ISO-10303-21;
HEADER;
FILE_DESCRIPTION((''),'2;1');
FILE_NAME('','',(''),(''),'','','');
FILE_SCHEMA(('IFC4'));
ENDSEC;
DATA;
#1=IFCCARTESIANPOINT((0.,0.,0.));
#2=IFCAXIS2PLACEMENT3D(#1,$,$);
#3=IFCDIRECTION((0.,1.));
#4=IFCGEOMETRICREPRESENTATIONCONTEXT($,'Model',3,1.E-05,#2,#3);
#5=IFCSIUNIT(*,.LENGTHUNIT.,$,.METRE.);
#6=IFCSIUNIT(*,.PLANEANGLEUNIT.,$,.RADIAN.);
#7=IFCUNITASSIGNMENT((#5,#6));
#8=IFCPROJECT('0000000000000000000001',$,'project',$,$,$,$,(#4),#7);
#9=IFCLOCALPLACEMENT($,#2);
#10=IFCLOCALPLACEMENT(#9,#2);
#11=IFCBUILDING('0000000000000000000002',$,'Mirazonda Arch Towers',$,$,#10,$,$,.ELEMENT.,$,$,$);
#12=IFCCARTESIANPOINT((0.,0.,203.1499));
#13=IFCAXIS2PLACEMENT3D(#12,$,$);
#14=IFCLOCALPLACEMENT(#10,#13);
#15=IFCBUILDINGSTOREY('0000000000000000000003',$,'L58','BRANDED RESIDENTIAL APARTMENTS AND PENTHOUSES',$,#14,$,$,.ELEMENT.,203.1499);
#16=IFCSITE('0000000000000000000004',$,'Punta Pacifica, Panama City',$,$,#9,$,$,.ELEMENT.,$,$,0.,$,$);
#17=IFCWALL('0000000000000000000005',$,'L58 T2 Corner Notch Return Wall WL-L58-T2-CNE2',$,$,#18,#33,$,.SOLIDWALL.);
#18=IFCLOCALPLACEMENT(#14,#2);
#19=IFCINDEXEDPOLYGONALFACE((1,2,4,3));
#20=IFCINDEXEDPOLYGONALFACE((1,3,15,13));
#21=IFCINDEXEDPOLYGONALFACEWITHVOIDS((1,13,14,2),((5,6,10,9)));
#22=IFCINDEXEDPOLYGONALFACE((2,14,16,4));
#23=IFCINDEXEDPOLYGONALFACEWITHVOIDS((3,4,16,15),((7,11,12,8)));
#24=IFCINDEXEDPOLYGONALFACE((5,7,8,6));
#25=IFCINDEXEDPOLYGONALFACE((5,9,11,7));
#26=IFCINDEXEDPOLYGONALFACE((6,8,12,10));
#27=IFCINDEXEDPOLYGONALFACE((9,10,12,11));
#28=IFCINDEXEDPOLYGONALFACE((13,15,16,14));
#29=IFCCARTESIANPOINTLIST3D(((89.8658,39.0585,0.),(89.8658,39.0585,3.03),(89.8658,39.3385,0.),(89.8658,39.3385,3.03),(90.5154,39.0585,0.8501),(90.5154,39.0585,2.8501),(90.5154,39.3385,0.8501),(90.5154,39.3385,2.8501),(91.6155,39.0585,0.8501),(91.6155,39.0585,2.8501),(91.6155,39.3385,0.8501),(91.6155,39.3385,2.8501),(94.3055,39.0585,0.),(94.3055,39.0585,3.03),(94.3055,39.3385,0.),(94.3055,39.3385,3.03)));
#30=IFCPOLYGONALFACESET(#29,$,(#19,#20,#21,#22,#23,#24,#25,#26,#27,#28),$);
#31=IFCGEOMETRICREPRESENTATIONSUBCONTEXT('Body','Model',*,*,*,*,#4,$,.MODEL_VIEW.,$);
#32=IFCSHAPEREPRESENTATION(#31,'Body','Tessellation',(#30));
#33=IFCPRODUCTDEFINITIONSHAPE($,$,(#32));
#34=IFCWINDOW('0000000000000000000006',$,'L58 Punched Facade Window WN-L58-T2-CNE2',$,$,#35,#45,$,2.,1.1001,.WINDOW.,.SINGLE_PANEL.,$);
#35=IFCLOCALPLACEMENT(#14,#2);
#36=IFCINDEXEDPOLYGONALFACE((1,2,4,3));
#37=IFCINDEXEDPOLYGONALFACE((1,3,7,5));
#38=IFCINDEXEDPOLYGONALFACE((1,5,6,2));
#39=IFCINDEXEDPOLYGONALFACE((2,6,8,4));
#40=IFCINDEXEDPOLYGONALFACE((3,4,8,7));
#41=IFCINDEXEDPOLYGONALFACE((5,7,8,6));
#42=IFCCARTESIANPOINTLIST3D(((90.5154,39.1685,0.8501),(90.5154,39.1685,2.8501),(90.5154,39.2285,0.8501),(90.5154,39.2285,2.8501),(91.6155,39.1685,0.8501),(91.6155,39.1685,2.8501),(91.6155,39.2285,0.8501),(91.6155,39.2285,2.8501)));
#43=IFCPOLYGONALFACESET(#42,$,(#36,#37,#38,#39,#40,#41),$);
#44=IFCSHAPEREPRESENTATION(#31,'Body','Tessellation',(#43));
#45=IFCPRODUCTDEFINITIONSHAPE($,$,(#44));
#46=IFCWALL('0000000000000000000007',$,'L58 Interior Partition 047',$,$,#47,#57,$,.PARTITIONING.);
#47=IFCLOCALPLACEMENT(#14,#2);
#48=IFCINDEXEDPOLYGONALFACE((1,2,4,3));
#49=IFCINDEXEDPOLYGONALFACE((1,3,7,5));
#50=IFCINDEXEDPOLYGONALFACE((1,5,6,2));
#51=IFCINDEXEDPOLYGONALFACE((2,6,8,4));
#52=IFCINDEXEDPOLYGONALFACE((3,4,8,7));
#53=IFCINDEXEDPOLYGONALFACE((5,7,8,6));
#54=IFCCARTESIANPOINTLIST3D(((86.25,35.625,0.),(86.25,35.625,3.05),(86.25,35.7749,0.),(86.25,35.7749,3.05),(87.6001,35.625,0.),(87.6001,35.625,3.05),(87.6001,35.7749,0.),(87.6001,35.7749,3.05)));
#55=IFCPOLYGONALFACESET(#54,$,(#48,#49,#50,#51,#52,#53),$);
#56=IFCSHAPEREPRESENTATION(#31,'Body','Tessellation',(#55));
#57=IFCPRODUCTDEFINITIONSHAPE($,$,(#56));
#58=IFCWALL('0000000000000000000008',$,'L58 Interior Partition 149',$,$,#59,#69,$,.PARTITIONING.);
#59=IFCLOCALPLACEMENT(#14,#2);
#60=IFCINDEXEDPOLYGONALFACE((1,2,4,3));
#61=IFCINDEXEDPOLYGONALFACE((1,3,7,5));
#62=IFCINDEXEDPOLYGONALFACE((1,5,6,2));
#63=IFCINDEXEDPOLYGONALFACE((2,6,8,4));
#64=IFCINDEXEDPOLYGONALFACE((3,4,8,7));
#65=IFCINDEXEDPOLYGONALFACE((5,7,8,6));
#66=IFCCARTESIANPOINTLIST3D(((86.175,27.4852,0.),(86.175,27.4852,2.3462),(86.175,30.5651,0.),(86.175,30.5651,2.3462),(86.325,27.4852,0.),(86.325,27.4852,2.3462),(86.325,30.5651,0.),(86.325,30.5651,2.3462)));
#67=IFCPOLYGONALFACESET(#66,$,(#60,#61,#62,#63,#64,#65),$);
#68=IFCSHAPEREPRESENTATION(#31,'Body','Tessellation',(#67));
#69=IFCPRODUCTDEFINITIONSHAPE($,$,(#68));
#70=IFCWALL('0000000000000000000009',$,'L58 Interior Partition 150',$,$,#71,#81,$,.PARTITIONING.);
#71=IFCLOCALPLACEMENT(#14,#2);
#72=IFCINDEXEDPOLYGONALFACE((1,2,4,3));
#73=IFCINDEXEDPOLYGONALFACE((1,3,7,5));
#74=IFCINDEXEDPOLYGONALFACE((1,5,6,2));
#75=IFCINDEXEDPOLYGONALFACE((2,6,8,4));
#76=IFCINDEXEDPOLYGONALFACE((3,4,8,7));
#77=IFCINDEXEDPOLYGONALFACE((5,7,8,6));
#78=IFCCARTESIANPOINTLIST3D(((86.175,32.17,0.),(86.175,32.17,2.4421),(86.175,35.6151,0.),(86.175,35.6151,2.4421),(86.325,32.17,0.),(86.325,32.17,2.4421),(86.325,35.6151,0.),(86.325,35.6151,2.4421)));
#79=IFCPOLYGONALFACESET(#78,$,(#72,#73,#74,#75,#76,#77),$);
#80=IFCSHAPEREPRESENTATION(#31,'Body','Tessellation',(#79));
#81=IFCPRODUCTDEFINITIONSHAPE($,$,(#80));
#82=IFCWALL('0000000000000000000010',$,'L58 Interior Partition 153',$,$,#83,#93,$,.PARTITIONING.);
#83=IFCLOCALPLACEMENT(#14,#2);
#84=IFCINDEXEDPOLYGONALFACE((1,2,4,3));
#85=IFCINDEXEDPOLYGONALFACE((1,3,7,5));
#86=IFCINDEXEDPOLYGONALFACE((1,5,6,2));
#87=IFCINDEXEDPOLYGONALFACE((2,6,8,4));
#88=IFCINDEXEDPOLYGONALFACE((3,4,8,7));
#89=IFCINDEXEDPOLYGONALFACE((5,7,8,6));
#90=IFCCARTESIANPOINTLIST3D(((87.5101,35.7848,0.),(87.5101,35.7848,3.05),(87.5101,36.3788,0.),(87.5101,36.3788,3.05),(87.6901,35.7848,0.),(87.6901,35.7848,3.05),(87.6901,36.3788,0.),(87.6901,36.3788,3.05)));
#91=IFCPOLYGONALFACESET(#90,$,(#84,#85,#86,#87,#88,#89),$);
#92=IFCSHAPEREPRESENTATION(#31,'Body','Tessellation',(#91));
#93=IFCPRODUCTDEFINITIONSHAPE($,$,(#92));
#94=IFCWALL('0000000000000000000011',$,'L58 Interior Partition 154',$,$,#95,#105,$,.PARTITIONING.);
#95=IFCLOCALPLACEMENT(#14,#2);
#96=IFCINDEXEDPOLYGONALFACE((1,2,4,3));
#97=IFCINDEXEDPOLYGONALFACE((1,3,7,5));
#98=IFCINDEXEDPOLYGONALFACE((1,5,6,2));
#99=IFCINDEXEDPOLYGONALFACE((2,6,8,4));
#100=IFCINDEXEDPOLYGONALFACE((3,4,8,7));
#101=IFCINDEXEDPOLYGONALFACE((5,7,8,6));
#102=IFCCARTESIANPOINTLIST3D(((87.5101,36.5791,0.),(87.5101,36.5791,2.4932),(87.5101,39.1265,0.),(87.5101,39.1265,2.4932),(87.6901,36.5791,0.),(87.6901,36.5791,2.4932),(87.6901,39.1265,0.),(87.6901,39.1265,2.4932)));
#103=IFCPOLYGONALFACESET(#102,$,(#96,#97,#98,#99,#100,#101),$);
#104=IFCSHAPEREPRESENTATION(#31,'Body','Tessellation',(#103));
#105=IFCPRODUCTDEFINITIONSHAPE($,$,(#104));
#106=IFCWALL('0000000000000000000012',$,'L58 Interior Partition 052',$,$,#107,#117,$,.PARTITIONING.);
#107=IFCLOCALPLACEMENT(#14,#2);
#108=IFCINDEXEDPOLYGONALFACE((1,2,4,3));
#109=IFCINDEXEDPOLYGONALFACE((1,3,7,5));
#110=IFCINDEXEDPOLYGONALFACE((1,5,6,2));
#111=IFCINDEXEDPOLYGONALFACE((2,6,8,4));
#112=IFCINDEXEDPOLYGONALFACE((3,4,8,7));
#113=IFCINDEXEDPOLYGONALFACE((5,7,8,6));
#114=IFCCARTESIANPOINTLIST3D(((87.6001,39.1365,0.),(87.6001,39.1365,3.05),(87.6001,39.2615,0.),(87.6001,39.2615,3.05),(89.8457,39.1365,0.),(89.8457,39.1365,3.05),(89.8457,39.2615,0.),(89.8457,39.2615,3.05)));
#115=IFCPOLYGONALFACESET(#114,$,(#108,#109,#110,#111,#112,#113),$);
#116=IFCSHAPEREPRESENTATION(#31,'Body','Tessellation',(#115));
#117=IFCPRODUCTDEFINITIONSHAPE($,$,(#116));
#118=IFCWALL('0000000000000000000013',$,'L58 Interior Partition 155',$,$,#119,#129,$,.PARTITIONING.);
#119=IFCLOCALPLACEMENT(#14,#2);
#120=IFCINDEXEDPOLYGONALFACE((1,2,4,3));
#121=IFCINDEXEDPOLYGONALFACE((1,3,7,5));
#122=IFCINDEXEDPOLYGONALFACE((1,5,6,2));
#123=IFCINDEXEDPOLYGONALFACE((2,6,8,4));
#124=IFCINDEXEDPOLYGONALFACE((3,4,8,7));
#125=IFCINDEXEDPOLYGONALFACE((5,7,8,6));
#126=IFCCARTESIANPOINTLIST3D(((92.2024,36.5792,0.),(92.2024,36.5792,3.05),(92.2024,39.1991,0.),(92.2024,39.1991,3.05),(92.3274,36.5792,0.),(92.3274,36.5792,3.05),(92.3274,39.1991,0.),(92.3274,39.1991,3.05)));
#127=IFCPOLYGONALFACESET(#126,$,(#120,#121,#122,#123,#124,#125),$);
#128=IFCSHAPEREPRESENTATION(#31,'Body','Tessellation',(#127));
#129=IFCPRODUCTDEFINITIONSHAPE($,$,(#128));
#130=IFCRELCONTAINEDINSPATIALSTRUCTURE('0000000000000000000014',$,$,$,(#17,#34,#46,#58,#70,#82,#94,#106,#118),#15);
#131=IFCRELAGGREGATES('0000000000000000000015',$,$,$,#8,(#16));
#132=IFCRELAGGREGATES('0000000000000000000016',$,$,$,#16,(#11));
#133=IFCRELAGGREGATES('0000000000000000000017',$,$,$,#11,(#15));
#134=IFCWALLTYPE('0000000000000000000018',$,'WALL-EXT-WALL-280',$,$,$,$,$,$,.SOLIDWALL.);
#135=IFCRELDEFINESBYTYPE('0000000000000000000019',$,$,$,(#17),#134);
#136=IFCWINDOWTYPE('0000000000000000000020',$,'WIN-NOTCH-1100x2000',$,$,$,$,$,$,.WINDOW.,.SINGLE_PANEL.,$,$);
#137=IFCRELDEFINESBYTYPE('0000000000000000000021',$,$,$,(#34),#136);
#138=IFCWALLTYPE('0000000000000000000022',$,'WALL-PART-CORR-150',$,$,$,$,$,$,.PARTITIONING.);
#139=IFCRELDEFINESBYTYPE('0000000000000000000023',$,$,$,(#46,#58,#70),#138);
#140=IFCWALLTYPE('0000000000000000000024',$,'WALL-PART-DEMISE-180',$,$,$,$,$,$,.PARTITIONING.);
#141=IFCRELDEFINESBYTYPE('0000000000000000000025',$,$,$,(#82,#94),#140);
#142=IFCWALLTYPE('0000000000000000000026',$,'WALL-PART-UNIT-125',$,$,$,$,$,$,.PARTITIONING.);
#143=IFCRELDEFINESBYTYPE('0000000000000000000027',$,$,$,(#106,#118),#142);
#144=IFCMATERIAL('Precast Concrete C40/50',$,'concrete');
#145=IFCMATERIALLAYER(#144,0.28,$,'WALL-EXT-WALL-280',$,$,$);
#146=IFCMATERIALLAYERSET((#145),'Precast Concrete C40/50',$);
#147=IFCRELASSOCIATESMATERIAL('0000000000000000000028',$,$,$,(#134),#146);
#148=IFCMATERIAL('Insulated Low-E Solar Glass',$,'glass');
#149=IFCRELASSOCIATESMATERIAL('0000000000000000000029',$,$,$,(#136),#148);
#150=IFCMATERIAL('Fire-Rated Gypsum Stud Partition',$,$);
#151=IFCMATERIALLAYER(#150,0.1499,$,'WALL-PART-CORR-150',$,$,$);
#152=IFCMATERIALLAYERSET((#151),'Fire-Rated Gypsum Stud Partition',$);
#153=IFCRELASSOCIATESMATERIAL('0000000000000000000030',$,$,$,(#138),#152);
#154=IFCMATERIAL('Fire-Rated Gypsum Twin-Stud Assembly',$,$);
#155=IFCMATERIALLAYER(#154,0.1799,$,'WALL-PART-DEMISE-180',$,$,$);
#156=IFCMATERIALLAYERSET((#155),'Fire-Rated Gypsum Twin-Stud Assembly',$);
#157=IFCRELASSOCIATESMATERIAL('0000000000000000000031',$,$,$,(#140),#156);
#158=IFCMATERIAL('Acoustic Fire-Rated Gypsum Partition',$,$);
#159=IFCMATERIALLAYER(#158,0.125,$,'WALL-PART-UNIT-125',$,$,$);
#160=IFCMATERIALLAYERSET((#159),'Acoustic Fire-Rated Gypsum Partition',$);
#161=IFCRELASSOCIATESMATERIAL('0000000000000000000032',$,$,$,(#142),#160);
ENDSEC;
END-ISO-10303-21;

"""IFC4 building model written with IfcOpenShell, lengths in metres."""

from ifc_helpers import new_model, si_unit, direction, frame, frame_2d, origin, place, context, subcontext, project, spatial, rectangle, extrude, material, layer, layer_set, type_object, element, fill, save


model = new_model("IFC4")

# Units and contexts
model_context = context("Model", 3, precision=1e-05, world=origin(), true_north=direction((0.0, 1.0)))
body_context = subcontext(model_context, "Body", "Model", "MODEL_VIEW")
ifc_project = project(units=[si_unit("LENGTHUNIT", "METRE"), si_unit("PLANEANGLEUNIT", "RADIAN")], contexts=[model_context])

# Site, building, storey
site_placement = place(None, origin())
site = spatial("IfcSite", under=ifc_project, at=site_placement, Name="Punta Pacifica, Panama City", CompositionType="ELEMENT", RefElevation=0.0)
building_placement = place(site_placement, origin())
building = spatial("IfcBuilding", under=site, at=building_placement, Name="Mirazonda Arch Towers", CompositionType="ELEMENT")
storey_placement = place(building_placement, frame((0.0, 0.0, 203.1499)))
storey = spatial("IfcBuildingStorey", under=building, at=storey_placement, Name="L58", Description="BRANDED RESIDENTIAL APARTMENTS AND PENTHOUSES", CompositionType="ELEMENT", Elevation=203.1499)

# Shared definitions
ifc_material_1 = material(Name="Insulated Low-E Solar Glass", Category="glass")

# Wall, opening, window
ifc_material_2 = material(Name="Precast Concrete C40/50", Category="concrete")
ifc_layer_1 = layer(ifc_material_2, 0.28, Name="WALL-EXT-WALL-280")
ifc_layer_set_1 = layer_set([ifc_layer_1], Name="Precast Concrete C40/50")
wall_type_1 = type_object("IfcWallType", Name="WALL-EXT-WALL-280", PredefinedType="SOLIDWALL", material=ifc_layer_set_1)
window_type = type_object("IfcWindowType", Name="WIN-NOTCH-1100x2000", PartitioningType="SINGLE_PANEL", PredefinedType="WINDOW", material=ifc_material_1)
wall_1_placement = place(storey_placement, frame((94.3054, 39.1985, 0.0), z_axis=(0.0, 0.0, 1.0), x_axis=(-1.0, 0.0, 0.0)))
wall_1 = element("IfcWall", 1, at=wall_1_placement, inside=storey, type_object=wall_type_1, Name="L58 T2 Corner Notch Return Wall WL-L58-T2-CNE2", PredefinedType="SOLIDWALL", context=body_context, shape_type="SweptSolid", body=[
    extrude(rectangle(XDim=4.4397, YDim=0.28, at=frame_2d((2.2197, 0.0))), origin(), (0.0, 0.0, 1.0), 3.03),
])
opening_1_placement = place(wall_1_placement, frame((2.6899, 0.0, 0.8501)))
opening_1 = element("IfcOpeningElement", 2, at=opening_1_placement, cuts=wall_1, PredefinedType="OPENING", context=body_context, shape_type="SweptSolid", body=[
    extrude(rectangle(XDim=1.1001, YDim=2.0, at=frame_2d((0.55, 1.0))), frame((0.0, 0.1499, 0.0), z_axis=(0.0, -1.0, 0.0), x_axis=(1.0, 0.0, 0.0)), (0.0, 0.0, 1.0), 0.3),
])
window_1_placement = place(opening_1_placement, origin())
window_1 = element("IfcWindow", 3, at=window_1_placement, inside=storey, type_object=window_type, Name="L58 Punched Facade Window WN-L58-T2-CNE2", OverallHeight=2.0, OverallWidth=1.1001, PartitioningType="SINGLE_PANEL", PredefinedType="WINDOW", context=body_context, shape_type="SweptSolid", body=[
    extrude(rectangle(XDim=1.1001, YDim=2.0, at=frame_2d((0.55, 1.0))), frame((0.0, 0.03, 0.0), z_axis=(0.0, -1.0, 0.0), x_axis=(1.0, 0.0, 0.0)), (0.0, 0.0, 1.0), 0.0601),
])
fill(opening_1, window_1)

# Walls
ifc_material_3 = material(Name="Fire-Rated Gypsum Stud Partition")
ifc_layer_2 = layer(ifc_material_3, 0.1499, Name="WALL-PART-CORR-150")
ifc_layer_set_2 = layer_set([ifc_layer_2], Name="Fire-Rated Gypsum Stud Partition")
wall_type_2 = type_object("IfcWallType", Name="WALL-PART-CORR-150", PredefinedType="PARTITIONING", material=ifc_layer_set_2)
wall_2_placement = place(storey_placement, frame((86.25, 35.7, 0.0), z_axis=(0.0, 0.0, 1.0), x_axis=(1.0, 0.0, 0.0)))
element("IfcWall", 4, at=wall_2_placement, inside=storey, type_object=wall_type_2, Name="L58 Interior Partition 047", PredefinedType="PARTITIONING", context=body_context, shape_type="SweptSolid", body=[
    extrude(rectangle(XDim=1.3501, YDim=0.1499, at=frame_2d((0.675, 0.0))), origin(), (0.0, 0.0, 1.0), 3.05),
])
wall_3_placement = place(storey_placement, frame((86.25, 27.4851, 0.0), z_axis=(0.0, 0.0, 1.0), x_axis=(0.0, 1.0, 0.0)))
element("IfcWall", 5, at=wall_3_placement, inside=storey, type_object=wall_type_2, Name="L58 Interior Partition 149", PredefinedType="PARTITIONING", context=body_context, shape_type="SweptSolid", body=[
    extrude(rectangle(XDim=3.0798, YDim=0.1499, at=frame_2d((1.54, 0.0))), origin(), (0.0, 0.0, 1.0), 2.3462),
])
wall_4_placement = place(storey_placement, frame((86.25, 32.1699, 0.0), z_axis=(0.0, 0.0, 1.0), x_axis=(0.0, 1.0, 0.0)))
element("IfcWall", 6, at=wall_4_placement, inside=storey, type_object=wall_type_2, Name="L58 Interior Partition 150", PredefinedType="PARTITIONING", context=body_context, shape_type="SweptSolid", body=[
    extrude(rectangle(XDim=3.4451, YDim=0.1499, at=frame_2d((1.7227, 0.0))), origin(), (0.0, 0.0, 1.0), 2.4421),
])

# Shared definitions
ifc_material_4 = material(Name="Fire-Rated Gypsum Twin-Stud Assembly")
ifc_layer_3 = layer(ifc_material_4, 0.1799, Name="WALL-PART-DEMISE-180")
ifc_layer_set_3 = layer_set([ifc_layer_3], Name="Fire-Rated Gypsum Twin-Stud Assembly")
wall_type_3 = type_object("IfcWallType", Name="WALL-PART-DEMISE-180", PredefinedType="PARTITIONING", material=ifc_layer_set_3)

# Walls
wall_5_placement = place(storey_placement, frame((87.6001, 35.7849, 0.0), z_axis=(0.0, 0.0, 1.0), x_axis=(0.0, 1.0, 0.0)))
element("IfcWall", 7, at=wall_5_placement, inside=storey, type_object=wall_type_3, Name="L58 Interior Partition 153", PredefinedType="PARTITIONING", context=body_context, shape_type="SweptSolid", body=[
    extrude(rectangle(XDim=0.594, YDim=0.1799, at=frame_2d((0.2969, 0.0))), origin(), (0.0, 0.0, 1.0), 3.05),
])
wall_6_placement = place(storey_placement, frame((87.6001, 36.5791, 0.0), z_axis=(0.0, 0.0, 1.0), x_axis=(0.0, 1.0, 0.0)))
element("IfcWall", 8, at=wall_6_placement, inside=storey, type_object=wall_type_3, Name="L58 Interior Partition 154", PredefinedType="PARTITIONING", context=body_context, shape_type="SweptSolid", body=[
    extrude(rectangle(XDim=2.5474, YDim=0.1799, at=frame_2d((1.2737, 0.0))), origin(), (0.0, 0.0, 1.0), 2.4932),
])
ifc_material_5 = material(Name="Acoustic Fire-Rated Gypsum Partition")
ifc_layer_4 = layer(ifc_material_5, 0.125, Name="WALL-PART-UNIT-125")
ifc_layer_set_4 = layer_set([ifc_layer_4], Name="Acoustic Fire-Rated Gypsum Partition")
wall_type_4 = type_object("IfcWallType", Name="WALL-PART-UNIT-125", PredefinedType="PARTITIONING", material=ifc_layer_set_4)
wall_7_placement = place(storey_placement, frame((87.6001, 39.199, 0.0), z_axis=(0.0, 0.0, 1.0), x_axis=(1.0, 0.0, 0.0)))
element("IfcWall", 9, at=wall_7_placement, inside=storey, type_object=wall_type_4, Name="L58 Interior Partition 052", PredefinedType="PARTITIONING", context=body_context, shape_type="SweptSolid", body=[
    extrude(rectangle(XDim=2.2456, YDim=0.125, at=frame_2d((1.1228, 0.0))), origin(), (0.0, 0.0, 1.0), 3.05),
])
wall_8_placement = place(storey_placement, frame((92.2649, 36.5791, 0.0), z_axis=(0.0, 0.0, 1.0), x_axis=(0.0, 1.0, 0.0)))
element("IfcWall", 10, at=wall_8_placement, inside=storey, type_object=wall_type_4, Name="L58 Interior Partition 155", PredefinedType="PARTITIONING", context=body_context, shape_type="SweptSolid", body=[
    extrude(rectangle(XDim=2.6199, YDim=0.125, at=frame_2d((1.3101, 0.0))), origin(), (0.0, 0.0, 1.0), 3.05),
])

save(model, "model.ifc")
